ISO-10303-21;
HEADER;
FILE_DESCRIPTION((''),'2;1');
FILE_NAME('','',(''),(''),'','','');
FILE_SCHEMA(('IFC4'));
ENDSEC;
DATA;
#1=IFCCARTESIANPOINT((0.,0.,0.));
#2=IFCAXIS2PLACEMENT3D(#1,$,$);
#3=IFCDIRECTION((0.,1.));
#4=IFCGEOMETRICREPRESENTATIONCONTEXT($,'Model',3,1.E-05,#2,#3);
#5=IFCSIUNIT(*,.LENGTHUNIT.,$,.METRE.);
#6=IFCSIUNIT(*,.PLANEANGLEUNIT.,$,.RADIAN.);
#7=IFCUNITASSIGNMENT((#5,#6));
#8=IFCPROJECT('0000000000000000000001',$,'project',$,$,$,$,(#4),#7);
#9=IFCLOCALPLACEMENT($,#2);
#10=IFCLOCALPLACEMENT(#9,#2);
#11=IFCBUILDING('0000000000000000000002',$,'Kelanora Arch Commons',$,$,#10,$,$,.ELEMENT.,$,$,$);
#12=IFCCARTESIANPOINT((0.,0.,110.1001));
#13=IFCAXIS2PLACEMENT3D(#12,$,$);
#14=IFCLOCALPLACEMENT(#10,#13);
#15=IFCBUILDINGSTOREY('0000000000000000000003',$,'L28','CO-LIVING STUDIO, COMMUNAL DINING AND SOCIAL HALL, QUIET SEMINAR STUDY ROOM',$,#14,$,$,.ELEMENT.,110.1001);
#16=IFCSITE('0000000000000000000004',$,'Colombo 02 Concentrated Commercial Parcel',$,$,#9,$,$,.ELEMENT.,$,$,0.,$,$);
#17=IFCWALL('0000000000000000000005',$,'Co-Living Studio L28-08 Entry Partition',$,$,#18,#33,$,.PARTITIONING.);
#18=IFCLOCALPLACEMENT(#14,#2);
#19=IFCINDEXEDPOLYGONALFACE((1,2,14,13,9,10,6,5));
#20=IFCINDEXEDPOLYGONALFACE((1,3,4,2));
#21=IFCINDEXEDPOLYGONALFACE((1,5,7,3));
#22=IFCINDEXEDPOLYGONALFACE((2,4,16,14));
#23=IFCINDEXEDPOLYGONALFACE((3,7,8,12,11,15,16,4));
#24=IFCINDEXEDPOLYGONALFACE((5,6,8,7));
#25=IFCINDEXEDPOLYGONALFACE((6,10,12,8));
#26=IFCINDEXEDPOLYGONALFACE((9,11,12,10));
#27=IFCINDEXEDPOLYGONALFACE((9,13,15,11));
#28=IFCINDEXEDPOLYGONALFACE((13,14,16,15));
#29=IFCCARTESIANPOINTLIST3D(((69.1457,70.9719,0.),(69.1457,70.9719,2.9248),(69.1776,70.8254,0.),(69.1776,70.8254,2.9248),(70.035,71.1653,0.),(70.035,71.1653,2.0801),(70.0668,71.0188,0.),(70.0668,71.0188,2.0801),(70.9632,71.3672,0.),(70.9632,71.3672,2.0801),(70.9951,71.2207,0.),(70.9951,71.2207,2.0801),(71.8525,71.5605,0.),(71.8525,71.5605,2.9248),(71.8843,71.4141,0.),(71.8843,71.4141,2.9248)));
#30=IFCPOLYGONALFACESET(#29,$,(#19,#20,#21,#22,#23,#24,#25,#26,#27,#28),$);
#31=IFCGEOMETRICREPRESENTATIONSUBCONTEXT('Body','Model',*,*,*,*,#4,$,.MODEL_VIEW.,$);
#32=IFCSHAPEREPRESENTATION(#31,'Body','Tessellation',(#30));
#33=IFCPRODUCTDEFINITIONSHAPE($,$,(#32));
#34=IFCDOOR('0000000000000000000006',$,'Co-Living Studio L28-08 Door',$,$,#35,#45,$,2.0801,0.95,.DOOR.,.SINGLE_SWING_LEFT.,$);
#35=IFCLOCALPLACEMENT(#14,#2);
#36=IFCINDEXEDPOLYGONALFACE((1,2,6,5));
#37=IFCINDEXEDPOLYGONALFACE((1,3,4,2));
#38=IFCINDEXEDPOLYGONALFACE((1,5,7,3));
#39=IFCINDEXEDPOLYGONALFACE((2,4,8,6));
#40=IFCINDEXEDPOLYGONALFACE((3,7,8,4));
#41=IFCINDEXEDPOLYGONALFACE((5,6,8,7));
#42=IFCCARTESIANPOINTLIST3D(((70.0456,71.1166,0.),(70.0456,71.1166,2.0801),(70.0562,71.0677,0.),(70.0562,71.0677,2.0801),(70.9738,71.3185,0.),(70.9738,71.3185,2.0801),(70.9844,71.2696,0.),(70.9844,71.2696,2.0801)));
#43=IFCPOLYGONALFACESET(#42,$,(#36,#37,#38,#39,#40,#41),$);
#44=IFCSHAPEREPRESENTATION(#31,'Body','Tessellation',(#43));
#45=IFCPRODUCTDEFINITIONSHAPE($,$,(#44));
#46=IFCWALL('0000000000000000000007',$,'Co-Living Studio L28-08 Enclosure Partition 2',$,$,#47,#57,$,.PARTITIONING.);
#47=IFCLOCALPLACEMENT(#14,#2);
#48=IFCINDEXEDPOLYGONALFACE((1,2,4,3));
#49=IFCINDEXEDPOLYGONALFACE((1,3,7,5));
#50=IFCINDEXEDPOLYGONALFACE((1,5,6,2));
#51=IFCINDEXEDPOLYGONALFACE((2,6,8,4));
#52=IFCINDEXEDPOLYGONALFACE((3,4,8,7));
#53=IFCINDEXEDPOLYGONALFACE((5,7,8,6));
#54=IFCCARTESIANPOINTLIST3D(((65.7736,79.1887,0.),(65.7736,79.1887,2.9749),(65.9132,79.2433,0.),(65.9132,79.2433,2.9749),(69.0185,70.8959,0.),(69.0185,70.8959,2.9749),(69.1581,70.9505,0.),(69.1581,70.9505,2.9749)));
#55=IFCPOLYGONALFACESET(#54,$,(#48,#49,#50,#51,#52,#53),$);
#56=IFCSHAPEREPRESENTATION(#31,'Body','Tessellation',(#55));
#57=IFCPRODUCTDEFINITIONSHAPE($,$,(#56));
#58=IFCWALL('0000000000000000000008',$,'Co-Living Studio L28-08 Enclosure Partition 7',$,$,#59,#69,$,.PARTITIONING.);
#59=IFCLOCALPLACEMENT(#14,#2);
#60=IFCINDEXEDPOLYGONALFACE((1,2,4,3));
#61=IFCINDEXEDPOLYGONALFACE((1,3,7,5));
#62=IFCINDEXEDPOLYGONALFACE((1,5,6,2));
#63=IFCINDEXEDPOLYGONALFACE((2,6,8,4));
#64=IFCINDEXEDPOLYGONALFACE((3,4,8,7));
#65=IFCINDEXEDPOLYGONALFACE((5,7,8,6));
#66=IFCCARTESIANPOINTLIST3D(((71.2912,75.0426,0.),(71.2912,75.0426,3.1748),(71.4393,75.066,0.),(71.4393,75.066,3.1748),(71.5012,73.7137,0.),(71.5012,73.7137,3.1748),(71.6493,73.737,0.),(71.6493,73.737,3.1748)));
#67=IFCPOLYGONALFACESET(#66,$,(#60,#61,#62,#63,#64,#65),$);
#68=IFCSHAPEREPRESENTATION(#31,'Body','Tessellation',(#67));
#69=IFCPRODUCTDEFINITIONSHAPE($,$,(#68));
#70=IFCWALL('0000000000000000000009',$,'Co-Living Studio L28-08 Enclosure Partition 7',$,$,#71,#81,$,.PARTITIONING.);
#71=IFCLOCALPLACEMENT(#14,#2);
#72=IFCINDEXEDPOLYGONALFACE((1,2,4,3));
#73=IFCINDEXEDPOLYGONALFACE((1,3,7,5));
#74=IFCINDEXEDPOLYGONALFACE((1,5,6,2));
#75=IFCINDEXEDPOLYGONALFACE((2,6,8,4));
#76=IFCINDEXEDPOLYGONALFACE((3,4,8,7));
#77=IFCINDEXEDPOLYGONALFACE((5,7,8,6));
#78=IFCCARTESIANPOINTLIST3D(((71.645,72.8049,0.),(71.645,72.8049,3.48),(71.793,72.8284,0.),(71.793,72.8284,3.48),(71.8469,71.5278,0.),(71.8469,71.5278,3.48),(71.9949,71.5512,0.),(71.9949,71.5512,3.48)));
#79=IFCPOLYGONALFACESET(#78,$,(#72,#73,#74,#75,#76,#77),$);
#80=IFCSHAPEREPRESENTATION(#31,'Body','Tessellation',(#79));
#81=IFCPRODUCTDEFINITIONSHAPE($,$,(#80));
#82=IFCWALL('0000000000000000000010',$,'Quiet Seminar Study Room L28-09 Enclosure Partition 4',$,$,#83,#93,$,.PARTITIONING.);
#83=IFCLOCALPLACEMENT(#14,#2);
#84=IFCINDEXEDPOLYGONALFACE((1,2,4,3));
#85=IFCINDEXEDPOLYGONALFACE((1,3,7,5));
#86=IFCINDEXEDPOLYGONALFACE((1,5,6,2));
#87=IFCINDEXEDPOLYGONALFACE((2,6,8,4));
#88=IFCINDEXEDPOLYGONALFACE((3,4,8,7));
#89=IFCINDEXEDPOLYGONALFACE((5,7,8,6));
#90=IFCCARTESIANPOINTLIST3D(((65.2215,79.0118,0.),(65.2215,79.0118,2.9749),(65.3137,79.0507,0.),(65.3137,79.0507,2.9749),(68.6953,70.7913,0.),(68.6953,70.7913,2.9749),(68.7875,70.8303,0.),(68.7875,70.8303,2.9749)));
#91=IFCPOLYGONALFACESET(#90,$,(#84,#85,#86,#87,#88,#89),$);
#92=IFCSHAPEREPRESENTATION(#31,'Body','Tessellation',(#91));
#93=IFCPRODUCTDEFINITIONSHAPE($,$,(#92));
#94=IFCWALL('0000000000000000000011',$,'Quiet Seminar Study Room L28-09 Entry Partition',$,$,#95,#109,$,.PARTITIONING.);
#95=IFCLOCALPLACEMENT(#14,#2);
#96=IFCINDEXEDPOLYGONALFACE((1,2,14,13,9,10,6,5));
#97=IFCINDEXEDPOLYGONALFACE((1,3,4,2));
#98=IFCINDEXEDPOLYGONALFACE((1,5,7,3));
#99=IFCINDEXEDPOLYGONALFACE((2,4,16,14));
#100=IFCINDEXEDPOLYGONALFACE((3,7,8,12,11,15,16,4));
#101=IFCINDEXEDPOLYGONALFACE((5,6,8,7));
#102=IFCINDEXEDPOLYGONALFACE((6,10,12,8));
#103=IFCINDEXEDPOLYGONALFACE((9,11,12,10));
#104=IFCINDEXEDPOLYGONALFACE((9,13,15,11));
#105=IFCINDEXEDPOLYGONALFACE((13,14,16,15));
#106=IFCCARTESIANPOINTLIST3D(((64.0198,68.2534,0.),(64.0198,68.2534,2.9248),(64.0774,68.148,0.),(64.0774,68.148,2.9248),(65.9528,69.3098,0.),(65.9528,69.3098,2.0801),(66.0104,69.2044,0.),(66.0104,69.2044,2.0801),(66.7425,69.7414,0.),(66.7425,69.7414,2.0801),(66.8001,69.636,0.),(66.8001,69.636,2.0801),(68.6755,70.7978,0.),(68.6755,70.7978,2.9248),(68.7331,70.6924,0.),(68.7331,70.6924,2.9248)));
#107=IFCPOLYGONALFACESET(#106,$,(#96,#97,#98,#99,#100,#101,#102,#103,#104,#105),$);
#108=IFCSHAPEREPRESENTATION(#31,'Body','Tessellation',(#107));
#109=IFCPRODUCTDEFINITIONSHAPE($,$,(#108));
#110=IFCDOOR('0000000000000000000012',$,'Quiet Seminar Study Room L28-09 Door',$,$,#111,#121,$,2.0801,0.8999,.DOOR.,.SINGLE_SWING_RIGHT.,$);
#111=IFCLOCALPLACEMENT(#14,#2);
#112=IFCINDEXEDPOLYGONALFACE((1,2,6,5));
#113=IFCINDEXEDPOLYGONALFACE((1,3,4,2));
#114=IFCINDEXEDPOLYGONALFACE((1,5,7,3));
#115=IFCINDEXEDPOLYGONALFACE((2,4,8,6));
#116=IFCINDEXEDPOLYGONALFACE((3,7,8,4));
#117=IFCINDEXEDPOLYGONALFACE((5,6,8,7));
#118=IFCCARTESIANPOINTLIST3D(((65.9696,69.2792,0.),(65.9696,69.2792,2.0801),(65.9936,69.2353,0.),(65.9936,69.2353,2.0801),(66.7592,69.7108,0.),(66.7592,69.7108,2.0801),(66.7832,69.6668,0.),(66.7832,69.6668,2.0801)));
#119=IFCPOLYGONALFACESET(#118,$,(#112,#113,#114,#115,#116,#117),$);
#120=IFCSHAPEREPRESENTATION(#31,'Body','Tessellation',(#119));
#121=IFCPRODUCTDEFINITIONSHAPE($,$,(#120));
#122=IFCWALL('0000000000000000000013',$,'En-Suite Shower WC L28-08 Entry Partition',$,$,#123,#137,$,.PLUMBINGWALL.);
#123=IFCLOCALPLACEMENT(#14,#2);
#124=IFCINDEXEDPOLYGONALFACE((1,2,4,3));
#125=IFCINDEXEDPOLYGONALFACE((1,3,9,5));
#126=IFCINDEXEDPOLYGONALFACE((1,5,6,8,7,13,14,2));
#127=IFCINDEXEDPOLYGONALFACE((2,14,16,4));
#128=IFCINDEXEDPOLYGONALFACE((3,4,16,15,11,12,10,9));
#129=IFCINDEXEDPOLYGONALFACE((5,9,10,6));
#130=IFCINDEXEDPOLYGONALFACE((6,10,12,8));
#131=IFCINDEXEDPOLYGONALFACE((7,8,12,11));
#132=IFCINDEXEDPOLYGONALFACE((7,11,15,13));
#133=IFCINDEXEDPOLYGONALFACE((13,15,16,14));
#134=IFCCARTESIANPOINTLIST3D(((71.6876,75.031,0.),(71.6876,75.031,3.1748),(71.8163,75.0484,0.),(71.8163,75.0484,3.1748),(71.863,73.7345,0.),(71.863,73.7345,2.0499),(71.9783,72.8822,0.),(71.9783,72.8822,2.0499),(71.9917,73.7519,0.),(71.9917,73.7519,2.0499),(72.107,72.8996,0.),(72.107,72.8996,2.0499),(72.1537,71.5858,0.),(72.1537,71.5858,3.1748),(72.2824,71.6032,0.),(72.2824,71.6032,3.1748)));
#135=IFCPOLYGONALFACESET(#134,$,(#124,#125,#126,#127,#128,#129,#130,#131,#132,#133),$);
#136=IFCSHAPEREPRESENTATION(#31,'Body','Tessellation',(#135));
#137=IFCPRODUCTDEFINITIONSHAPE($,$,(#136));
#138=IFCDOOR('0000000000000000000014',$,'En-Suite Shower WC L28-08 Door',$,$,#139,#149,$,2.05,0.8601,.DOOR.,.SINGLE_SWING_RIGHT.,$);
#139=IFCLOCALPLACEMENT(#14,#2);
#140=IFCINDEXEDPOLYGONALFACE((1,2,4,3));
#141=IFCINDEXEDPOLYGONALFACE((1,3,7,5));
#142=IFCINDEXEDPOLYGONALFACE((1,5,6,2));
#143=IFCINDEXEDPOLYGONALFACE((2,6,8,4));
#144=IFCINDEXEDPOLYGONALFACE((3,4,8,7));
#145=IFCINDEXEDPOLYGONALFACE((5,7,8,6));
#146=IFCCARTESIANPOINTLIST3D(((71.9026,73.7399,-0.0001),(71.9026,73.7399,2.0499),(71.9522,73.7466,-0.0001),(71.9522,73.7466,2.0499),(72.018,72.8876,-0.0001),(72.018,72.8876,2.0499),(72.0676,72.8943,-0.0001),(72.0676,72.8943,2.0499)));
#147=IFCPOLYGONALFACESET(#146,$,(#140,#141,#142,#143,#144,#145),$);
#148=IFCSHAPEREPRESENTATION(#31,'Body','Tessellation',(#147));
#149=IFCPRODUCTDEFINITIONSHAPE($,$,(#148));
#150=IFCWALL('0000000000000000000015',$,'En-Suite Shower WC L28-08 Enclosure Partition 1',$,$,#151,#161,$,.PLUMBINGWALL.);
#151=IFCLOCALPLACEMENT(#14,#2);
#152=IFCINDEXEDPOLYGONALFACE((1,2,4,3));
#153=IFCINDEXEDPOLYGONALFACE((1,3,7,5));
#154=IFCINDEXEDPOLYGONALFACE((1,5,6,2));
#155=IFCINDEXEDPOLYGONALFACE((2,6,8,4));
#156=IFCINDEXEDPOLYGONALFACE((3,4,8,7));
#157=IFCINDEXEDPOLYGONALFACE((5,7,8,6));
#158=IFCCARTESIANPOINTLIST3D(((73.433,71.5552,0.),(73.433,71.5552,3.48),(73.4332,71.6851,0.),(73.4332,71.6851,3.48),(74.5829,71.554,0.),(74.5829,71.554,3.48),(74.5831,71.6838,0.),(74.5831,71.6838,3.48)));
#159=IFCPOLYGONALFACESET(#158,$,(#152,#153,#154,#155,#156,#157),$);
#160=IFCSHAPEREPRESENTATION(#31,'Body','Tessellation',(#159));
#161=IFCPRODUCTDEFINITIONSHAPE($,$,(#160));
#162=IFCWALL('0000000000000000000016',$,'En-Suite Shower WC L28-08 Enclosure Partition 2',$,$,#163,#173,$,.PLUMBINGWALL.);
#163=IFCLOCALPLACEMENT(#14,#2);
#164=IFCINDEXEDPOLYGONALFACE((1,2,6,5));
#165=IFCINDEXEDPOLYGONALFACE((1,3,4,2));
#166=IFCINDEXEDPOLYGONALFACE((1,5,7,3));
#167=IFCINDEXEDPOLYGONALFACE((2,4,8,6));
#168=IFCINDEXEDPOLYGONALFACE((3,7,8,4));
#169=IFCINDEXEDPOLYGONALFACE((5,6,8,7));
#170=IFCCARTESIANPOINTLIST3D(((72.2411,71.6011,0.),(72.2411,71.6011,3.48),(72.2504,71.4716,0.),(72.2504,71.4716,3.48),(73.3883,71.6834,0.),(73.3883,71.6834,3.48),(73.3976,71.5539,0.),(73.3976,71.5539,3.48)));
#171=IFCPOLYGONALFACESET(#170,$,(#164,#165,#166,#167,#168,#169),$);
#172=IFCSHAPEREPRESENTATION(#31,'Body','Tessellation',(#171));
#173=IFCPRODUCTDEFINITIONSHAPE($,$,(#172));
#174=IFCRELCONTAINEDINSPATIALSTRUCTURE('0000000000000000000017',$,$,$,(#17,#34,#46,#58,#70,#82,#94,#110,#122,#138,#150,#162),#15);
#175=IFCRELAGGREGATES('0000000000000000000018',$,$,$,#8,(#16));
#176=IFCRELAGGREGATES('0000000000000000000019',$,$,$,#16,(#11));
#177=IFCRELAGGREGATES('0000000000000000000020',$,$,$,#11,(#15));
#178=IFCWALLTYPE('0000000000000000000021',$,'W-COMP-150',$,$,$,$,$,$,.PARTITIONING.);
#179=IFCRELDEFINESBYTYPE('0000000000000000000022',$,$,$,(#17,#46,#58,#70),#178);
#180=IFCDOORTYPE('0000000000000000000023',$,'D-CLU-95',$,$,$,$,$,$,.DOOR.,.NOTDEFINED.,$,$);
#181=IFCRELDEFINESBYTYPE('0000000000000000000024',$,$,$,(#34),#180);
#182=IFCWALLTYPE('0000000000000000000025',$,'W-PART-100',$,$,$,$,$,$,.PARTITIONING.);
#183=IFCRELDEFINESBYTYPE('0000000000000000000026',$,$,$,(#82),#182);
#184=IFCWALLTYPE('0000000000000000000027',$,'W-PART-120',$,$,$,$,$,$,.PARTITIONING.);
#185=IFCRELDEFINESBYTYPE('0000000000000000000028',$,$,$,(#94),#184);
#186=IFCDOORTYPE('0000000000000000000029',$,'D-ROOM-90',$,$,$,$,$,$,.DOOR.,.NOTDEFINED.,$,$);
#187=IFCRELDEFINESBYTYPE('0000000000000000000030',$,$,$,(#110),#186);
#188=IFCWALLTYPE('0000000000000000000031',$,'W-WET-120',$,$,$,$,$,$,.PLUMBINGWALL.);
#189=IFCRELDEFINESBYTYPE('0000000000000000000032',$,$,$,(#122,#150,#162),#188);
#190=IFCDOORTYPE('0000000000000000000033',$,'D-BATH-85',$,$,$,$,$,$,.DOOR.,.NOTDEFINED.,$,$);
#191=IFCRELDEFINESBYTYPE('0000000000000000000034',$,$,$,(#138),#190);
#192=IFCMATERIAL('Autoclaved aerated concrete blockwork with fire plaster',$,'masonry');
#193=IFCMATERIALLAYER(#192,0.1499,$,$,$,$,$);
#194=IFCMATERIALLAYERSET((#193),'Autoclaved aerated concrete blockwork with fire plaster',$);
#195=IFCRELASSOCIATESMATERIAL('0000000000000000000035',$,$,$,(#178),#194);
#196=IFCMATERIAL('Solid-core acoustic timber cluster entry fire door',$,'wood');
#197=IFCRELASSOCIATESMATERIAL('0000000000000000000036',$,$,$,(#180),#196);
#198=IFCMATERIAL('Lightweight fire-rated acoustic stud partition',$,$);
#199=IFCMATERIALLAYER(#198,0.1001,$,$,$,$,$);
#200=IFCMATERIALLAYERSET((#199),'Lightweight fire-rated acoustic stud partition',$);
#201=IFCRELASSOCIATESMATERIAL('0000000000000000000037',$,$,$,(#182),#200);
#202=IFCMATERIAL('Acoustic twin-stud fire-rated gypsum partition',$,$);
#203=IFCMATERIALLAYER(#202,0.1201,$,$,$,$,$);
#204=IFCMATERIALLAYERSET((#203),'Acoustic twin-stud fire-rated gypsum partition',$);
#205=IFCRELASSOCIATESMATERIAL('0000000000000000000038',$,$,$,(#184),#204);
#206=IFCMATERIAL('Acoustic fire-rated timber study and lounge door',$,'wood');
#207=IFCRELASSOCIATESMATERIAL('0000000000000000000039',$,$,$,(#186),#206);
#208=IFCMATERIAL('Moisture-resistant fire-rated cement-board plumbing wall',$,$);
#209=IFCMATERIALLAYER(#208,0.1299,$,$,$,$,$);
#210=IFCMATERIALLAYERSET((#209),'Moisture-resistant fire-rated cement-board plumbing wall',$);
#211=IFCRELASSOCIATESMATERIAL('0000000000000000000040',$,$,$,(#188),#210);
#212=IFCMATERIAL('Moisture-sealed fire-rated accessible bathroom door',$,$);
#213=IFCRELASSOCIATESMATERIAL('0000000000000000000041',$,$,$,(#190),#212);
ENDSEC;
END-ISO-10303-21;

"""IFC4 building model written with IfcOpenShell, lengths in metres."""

from ifc_helpers import new_model, si_unit, direction, frame, frame_2d, origin, place, context, subcontext, project, spatial, rectangle, extrude, material, layer, layer_set, type_object, element, fill, save


model = new_model("IFC4")

# Units and contexts
model_context = context("Model", 3, precision=1e-05, world=origin(), true_north=direction((0.0, 1.0)))
body_context = subcontext(model_context, "Body", "Model", "MODEL_VIEW")
ifc_project = project(units=[si_unit("LENGTHUNIT", "METRE"), si_unit("PLANEANGLEUNIT", "RADIAN")], contexts=[model_context])

# Site, building, storey
site_placement = place(None, origin())
site = spatial("IfcSite", under=ifc_project, at=site_placement, Name="Colombo 02 Concentrated Commercial Parcel", CompositionType="ELEMENT", RefElevation=0.0)
building_placement = place(site_placement, origin())
building = spatial("IfcBuilding", under=site, at=building_placement, Name="Kelanora Arch Commons", CompositionType="ELEMENT")
storey_placement = place(building_placement, frame((0.0, 0.0, 110.1001)))
storey = spatial("IfcBuildingStorey", under=building, at=storey_placement, Name="L28", Description="CO-LIVING STUDIO, COMMUNAL DINING AND SOCIAL HALL, QUIET SEMINAR STUDY ROOM", CompositionType="ELEMENT", Elevation=110.1001)

# Wall, opening, door
ifc_material_1 = material(Name="Autoclaved aerated concrete blockwork with fire plaster", Category="masonry")
ifc_layer_1 = layer(ifc_material_1, 0.1499)
ifc_layer_set_1 = layer_set([ifc_layer_1], Name="Autoclaved aerated concrete blockwork with fire plaster")
wall_type_1 = type_object("IfcWallType", Name="W-COMP-150", PredefinedType="PARTITIONING", material=ifc_layer_set_1)
wall_1_placement = place(storey_placement, frame((71.8684, 71.4873, 0.0), z_axis=(0.0, 0.0, 1.0), x_axis=(-0.977162, -0.212496, 0.0)))
wall_1 = element("IfcWall", 1, at=wall_1_placement, inside=storey, type_object=wall_type_1, Name="Co-Living Studio L28-08 Entry Partition", PredefinedType="PARTITIONING", context=body_context, shape_type="SweptSolid", body=[
    extrude(rectangle(XDim=2.77, YDim=0.1499, at=frame_2d((1.385, 0.0))), origin(), (0.0, 0.0, 1.0), 2.9248),
])
opening_1_placement = place(wall_1_placement, frame((0.9099, 0.0, 0.0)))
opening_1 = element("IfcOpeningElement", 2, at=opening_1_placement, cuts=wall_1, PredefinedType="OPENING", context=body_context, shape_type="SweptSolid", body=[
    extrude(rectangle(XDim=0.95, YDim=2.0801, at=frame_2d((0.4751, 1.04))), frame((0.0, 0.085, 0.0), z_axis=(0.0, -1.0, 0.0), x_axis=(1.0, 0.0, 0.0)), (0.0, 0.0, 1.0), 0.1699),
])
ifc_material_2 = material(Name="Solid-core acoustic timber cluster entry fire door", Category="wood")
door_type_1 = type_object("IfcDoorType", Name="D-CLU-95", OperationType="NOTDEFINED", PredefinedType="DOOR", material=ifc_material_2)
door_1_placement = place(opening_1_placement, origin())
door_1 = element("IfcDoor", 3, at=door_1_placement, inside=storey, type_object=door_type_1, Name="Co-Living Studio L28-08 Door", OperationType="SINGLE_SWING_LEFT", OverallHeight=2.0801, OverallWidth=0.95, PredefinedType="DOOR", context=body_context, shape_type="SweptSolid", body=[
    extrude(rectangle(XDim=0.95, YDim=2.0801, at=frame_2d((0.4751, 1.04))), frame((0.0, 0.0249, 0.0), z_axis=(0.0, -1.0, 0.0), x_axis=(1.0, 0.0, 0.0)), (0.0, 0.0, 1.0), 0.05),
])
fill(opening_1, door_1)

# Walls
wall_2_placement = place(storey_placement, frame((69.0884, 70.9231, 0.0), z_axis=(0.0, 0.0, 1.0), x_axis=(-0.364389, 0.931247, 0.0)))
element("IfcWall", 4, at=wall_2_placement, inside=storey, type_object=wall_type_1, Name="Co-Living Studio L28-08 Enclosure Partition 2", PredefinedType="PARTITIONING", context=body_context, shape_type="SweptSolid", body=[
    extrude(rectangle(XDim=8.905, YDim=0.1499, at=frame_2d((4.4526, 0.0))), origin(), (0.0, 0.0, 1.0), 2.9749),
])
wall_3_placement = place(storey_placement, frame((71.3652, 75.0544, 0.0), z_axis=(0.0, 0.0, 1.0), x_axis=(0.156065, -0.987747, 0.0)))
element("IfcWall", 5, at=wall_3_placement, inside=storey, type_object=wall_type_1, Name="Co-Living Studio L28-08 Enclosure Partition 7", PredefinedType="PARTITIONING", context=body_context, shape_type="SweptSolid", body=[
    extrude(rectangle(XDim=1.3455, YDim=0.1499, at=frame_2d((0.6729, 0.0))), origin(), (0.0, 0.0, 1.0), 3.1748),
])
wall_4_placement = place(storey_placement, frame((71.719, 72.8167, 0.0), z_axis=(0.0, 0.0, 1.0), x_axis=(0.156156, -0.987732, 0.0)))
element("IfcWall", 6, at=wall_4_placement, inside=storey, type_object=wall_type_1, Name="Co-Living Studio L28-08 Enclosure Partition 7", PredefinedType="PARTITIONING", context=body_context, shape_type="SweptSolid", body=[
    extrude(rectangle(XDim=1.293, YDim=0.1499, at=frame_2d((0.6465, 0.0))), origin(), (0.0, 0.0, 1.0), 3.48),
])
ifc_material_3 = material(Name="Lightweight fire-rated acoustic stud partition")
ifc_layer_2 = layer(ifc_material_3, 0.1001)
ifc_layer_set_2 = layer_set([ifc_layer_2], Name="Lightweight fire-rated acoustic stud partition")
wall_type_2 = type_object("IfcWallType", Name="W-PART-100", PredefinedType="PARTITIONING", material=ifc_layer_set_2)
wall_5_placement = place(storey_placement, frame((65.2676, 79.0312, 0.0), z_axis=(0.0, 0.0, 1.0), x_axis=(0.389259, -0.921128, 0.0)))
element("IfcWall", 7, at=wall_5_placement, inside=storey, type_object=wall_type_2, Name="Quiet Seminar Study Room L28-09 Enclosure Partition 4", PredefinedType="PARTITIONING", context=body_context, shape_type="SweptSolid", body=[
    extrude(rectangle(XDim=8.9243, YDim=0.1001, at=frame_2d((4.4622, 0.0))), origin(), (0.0, 0.0, 1.0), 2.9749),
])

# Walls, openings, doors
ifc_material_4 = material(Name="Acoustic twin-stud fire-rated gypsum partition")
ifc_layer_3 = layer(ifc_material_4, 0.1201)
ifc_layer_set_3 = layer_set([ifc_layer_3], Name="Acoustic twin-stud fire-rated gypsum partition")
wall_type_3 = type_object("IfcWallType", Name="W-PART-120", PredefinedType="PARTITIONING", material=ifc_layer_set_3)
wall_6_placement = place(storey_placement, frame((68.7043, 70.7451, 0.0), z_axis=(0.0, 0.0, 1.0), x_axis=(-0.877505, -0.479568, 0.0)))
wall_6 = element("IfcWall", 8, at=wall_6_placement, inside=storey, type_object=wall_type_3, Name="Quiet Seminar Study Room L28-09 Entry Partition", PredefinedType="PARTITIONING", context=body_context, shape_type="SweptSolid", body=[
    extrude(rectangle(XDim=5.3057, YDim=0.1201, at=frame_2d((2.6528, 0.0))), origin(), (0.0, 0.0, 1.0), 2.9248),
])
opening_2_placement = place(wall_6_placement, frame((2.2029, 0.0, 0.0)))
opening_2 = element("IfcOpeningElement", 9, at=opening_2_placement, cuts=wall_6, PredefinedType="OPENING", context=body_context, shape_type="SweptSolid", body=[
    extrude(rectangle(XDim=0.8999, YDim=2.0801, at=frame_2d((0.45, 1.04))), frame((0.0, 0.0701, 0.0), z_axis=(0.0, -1.0, 0.0), x_axis=(1.0, 0.0, 0.0)), (0.0, 0.0, 1.0), 0.1401),
])
ifc_material_5 = material(Name="Acoustic fire-rated timber study and lounge door", Category="wood")
door_type_2 = type_object("IfcDoorType", Name="D-ROOM-90", OperationType="NOTDEFINED", PredefinedType="DOOR", material=ifc_material_5)
door_2_placement = place(opening_2_placement, origin())
door_2 = element("IfcDoor", 10, at=door_2_placement, inside=storey, type_object=door_type_2, Name="Quiet Seminar Study Room L28-09 Door", OperationType="SINGLE_SWING_RIGHT", OverallHeight=2.0801, OverallWidth=0.8999, PredefinedType="DOOR", context=body_context, shape_type="SweptSolid", body=[
    extrude(rectangle(XDim=0.8999, YDim=2.0801, at=frame_2d((0.45, 1.04))), frame((0.0, 0.0249, 0.0), z_axis=(0.0, -1.0, 0.0), x_axis=(1.0, 0.0, 0.0)), (0.0, 0.0, 1.0), 0.05),
])
fill(opening_2, door_2)
ifc_material_6 = material(Name="Moisture-resistant fire-rated cement-board plumbing wall")
ifc_layer_4 = layer(ifc_material_6, 0.1299)
ifc_layer_set_4 = layer_set([ifc_layer_4], Name="Moisture-resistant fire-rated cement-board plumbing wall")
wall_type_4 = type_object("IfcWallType", Name="W-WET-120", PredefinedType="PLUMBINGWALL", material=ifc_layer_set_4)
wall_7_placement = place(storey_placement, frame((72.218, 71.5945, 0.0), z_axis=(0.0, 0.0, 1.0), x_axis=(-0.134063, 0.990973, 0.0)))
wall_7 = element("IfcWall", 11, at=wall_7_placement, inside=storey, type_object=wall_type_4, Name="En-Suite Shower WC L28-08 Entry Partition", PredefinedType="PLUMBINGWALL", context=body_context, shape_type="SweptSolid", body=[
    extrude(rectangle(XDim=3.4766, YDim=0.1299, at=frame_2d((1.7383, 0.0))), origin(), (0.0, 0.0, 1.0), 3.1748),
])
opening_3_placement = place(wall_7_placement, frame((1.3081, 0.0, 0.0)))
opening_3 = element("IfcOpeningElement", 12, at=opening_3_placement, cuts=wall_7, PredefinedType="OPENING", context=body_context, shape_type="SweptSolid", body=[
    extrude(rectangle(XDim=0.8601, YDim=2.05, at=frame_2d((0.4302, 1.0249))), frame((0.0, 0.075, 0.0), z_axis=(0.0, -1.0, 0.0), x_axis=(1.0, 0.0, 0.0)), (0.0, 0.0, 1.0), 0.1499),
])
ifc_material_7 = material(Name="Moisture-sealed fire-rated accessible bathroom door")
door_type_3 = type_object("IfcDoorType", Name="D-BATH-85", OperationType="NOTDEFINED", PredefinedType="DOOR", material=ifc_material_7)
door_3_placement = place(opening_3_placement, origin())
door_3 = element("IfcDoor", 13, at=door_3_placement, inside=storey, type_object=door_type_3, Name="En-Suite Shower WC L28-08 Door", OperationType="SINGLE_SWING_RIGHT", OverallHeight=2.05, OverallWidth=0.8601, PredefinedType="DOOR", context=body_context, shape_type="SweptSolid", body=[
    extrude(rectangle(XDim=0.8601, YDim=2.05, at=frame_2d((0.4302, 1.0249))), frame((0.0, 0.0249, 0.0), z_axis=(0.0, -1.0, 0.0), x_axis=(1.0, 0.0, 0.0)), (0.0, 0.0, 1.0), 0.05),
])
fill(opening_3, door_3)

# Walls
wall_8_placement = place(storey_placement, frame((74.583, 71.6189, 0.0), z_axis=(0.0, 0.0, 1.0), x_axis=(-0.999999, 0.001062, 0.0)))
element("IfcWall", 14, at=wall_8_placement, inside=storey, type_object=wall_type_4, Name="En-Suite Shower WC L28-08 Enclosure Partition 1", PredefinedType="PLUMBINGWALL", context=body_context, shape_type="SweptSolid", body=[
    extrude(rectangle(XDim=1.1499, YDim=0.1299, at=frame_2d((0.575, 0.0))), origin(), (0.0, 0.0, 1.0), 3.48),
])
wall_9_placement = place(storey_placement, frame((73.3931, 71.6187, 0.0), z_axis=(0.0, 0.0, 1.0), x_axis=(-0.997438, -0.071534, 0.0)))
element("IfcWall", 15, at=wall_9_placement, inside=storey, type_object=wall_type_4, Name="En-Suite Shower WC L28-08 Enclosure Partition 2", PredefinedType="PLUMBINGWALL", context=body_context, shape_type="SweptSolid", body=[
    extrude(rectangle(XDim=1.1501, YDim=0.1299, at=frame_2d((0.5752, 0.0))), origin(), (0.0, 0.0, 1.0), 3.48),
])

save(model, "model.ifc")
